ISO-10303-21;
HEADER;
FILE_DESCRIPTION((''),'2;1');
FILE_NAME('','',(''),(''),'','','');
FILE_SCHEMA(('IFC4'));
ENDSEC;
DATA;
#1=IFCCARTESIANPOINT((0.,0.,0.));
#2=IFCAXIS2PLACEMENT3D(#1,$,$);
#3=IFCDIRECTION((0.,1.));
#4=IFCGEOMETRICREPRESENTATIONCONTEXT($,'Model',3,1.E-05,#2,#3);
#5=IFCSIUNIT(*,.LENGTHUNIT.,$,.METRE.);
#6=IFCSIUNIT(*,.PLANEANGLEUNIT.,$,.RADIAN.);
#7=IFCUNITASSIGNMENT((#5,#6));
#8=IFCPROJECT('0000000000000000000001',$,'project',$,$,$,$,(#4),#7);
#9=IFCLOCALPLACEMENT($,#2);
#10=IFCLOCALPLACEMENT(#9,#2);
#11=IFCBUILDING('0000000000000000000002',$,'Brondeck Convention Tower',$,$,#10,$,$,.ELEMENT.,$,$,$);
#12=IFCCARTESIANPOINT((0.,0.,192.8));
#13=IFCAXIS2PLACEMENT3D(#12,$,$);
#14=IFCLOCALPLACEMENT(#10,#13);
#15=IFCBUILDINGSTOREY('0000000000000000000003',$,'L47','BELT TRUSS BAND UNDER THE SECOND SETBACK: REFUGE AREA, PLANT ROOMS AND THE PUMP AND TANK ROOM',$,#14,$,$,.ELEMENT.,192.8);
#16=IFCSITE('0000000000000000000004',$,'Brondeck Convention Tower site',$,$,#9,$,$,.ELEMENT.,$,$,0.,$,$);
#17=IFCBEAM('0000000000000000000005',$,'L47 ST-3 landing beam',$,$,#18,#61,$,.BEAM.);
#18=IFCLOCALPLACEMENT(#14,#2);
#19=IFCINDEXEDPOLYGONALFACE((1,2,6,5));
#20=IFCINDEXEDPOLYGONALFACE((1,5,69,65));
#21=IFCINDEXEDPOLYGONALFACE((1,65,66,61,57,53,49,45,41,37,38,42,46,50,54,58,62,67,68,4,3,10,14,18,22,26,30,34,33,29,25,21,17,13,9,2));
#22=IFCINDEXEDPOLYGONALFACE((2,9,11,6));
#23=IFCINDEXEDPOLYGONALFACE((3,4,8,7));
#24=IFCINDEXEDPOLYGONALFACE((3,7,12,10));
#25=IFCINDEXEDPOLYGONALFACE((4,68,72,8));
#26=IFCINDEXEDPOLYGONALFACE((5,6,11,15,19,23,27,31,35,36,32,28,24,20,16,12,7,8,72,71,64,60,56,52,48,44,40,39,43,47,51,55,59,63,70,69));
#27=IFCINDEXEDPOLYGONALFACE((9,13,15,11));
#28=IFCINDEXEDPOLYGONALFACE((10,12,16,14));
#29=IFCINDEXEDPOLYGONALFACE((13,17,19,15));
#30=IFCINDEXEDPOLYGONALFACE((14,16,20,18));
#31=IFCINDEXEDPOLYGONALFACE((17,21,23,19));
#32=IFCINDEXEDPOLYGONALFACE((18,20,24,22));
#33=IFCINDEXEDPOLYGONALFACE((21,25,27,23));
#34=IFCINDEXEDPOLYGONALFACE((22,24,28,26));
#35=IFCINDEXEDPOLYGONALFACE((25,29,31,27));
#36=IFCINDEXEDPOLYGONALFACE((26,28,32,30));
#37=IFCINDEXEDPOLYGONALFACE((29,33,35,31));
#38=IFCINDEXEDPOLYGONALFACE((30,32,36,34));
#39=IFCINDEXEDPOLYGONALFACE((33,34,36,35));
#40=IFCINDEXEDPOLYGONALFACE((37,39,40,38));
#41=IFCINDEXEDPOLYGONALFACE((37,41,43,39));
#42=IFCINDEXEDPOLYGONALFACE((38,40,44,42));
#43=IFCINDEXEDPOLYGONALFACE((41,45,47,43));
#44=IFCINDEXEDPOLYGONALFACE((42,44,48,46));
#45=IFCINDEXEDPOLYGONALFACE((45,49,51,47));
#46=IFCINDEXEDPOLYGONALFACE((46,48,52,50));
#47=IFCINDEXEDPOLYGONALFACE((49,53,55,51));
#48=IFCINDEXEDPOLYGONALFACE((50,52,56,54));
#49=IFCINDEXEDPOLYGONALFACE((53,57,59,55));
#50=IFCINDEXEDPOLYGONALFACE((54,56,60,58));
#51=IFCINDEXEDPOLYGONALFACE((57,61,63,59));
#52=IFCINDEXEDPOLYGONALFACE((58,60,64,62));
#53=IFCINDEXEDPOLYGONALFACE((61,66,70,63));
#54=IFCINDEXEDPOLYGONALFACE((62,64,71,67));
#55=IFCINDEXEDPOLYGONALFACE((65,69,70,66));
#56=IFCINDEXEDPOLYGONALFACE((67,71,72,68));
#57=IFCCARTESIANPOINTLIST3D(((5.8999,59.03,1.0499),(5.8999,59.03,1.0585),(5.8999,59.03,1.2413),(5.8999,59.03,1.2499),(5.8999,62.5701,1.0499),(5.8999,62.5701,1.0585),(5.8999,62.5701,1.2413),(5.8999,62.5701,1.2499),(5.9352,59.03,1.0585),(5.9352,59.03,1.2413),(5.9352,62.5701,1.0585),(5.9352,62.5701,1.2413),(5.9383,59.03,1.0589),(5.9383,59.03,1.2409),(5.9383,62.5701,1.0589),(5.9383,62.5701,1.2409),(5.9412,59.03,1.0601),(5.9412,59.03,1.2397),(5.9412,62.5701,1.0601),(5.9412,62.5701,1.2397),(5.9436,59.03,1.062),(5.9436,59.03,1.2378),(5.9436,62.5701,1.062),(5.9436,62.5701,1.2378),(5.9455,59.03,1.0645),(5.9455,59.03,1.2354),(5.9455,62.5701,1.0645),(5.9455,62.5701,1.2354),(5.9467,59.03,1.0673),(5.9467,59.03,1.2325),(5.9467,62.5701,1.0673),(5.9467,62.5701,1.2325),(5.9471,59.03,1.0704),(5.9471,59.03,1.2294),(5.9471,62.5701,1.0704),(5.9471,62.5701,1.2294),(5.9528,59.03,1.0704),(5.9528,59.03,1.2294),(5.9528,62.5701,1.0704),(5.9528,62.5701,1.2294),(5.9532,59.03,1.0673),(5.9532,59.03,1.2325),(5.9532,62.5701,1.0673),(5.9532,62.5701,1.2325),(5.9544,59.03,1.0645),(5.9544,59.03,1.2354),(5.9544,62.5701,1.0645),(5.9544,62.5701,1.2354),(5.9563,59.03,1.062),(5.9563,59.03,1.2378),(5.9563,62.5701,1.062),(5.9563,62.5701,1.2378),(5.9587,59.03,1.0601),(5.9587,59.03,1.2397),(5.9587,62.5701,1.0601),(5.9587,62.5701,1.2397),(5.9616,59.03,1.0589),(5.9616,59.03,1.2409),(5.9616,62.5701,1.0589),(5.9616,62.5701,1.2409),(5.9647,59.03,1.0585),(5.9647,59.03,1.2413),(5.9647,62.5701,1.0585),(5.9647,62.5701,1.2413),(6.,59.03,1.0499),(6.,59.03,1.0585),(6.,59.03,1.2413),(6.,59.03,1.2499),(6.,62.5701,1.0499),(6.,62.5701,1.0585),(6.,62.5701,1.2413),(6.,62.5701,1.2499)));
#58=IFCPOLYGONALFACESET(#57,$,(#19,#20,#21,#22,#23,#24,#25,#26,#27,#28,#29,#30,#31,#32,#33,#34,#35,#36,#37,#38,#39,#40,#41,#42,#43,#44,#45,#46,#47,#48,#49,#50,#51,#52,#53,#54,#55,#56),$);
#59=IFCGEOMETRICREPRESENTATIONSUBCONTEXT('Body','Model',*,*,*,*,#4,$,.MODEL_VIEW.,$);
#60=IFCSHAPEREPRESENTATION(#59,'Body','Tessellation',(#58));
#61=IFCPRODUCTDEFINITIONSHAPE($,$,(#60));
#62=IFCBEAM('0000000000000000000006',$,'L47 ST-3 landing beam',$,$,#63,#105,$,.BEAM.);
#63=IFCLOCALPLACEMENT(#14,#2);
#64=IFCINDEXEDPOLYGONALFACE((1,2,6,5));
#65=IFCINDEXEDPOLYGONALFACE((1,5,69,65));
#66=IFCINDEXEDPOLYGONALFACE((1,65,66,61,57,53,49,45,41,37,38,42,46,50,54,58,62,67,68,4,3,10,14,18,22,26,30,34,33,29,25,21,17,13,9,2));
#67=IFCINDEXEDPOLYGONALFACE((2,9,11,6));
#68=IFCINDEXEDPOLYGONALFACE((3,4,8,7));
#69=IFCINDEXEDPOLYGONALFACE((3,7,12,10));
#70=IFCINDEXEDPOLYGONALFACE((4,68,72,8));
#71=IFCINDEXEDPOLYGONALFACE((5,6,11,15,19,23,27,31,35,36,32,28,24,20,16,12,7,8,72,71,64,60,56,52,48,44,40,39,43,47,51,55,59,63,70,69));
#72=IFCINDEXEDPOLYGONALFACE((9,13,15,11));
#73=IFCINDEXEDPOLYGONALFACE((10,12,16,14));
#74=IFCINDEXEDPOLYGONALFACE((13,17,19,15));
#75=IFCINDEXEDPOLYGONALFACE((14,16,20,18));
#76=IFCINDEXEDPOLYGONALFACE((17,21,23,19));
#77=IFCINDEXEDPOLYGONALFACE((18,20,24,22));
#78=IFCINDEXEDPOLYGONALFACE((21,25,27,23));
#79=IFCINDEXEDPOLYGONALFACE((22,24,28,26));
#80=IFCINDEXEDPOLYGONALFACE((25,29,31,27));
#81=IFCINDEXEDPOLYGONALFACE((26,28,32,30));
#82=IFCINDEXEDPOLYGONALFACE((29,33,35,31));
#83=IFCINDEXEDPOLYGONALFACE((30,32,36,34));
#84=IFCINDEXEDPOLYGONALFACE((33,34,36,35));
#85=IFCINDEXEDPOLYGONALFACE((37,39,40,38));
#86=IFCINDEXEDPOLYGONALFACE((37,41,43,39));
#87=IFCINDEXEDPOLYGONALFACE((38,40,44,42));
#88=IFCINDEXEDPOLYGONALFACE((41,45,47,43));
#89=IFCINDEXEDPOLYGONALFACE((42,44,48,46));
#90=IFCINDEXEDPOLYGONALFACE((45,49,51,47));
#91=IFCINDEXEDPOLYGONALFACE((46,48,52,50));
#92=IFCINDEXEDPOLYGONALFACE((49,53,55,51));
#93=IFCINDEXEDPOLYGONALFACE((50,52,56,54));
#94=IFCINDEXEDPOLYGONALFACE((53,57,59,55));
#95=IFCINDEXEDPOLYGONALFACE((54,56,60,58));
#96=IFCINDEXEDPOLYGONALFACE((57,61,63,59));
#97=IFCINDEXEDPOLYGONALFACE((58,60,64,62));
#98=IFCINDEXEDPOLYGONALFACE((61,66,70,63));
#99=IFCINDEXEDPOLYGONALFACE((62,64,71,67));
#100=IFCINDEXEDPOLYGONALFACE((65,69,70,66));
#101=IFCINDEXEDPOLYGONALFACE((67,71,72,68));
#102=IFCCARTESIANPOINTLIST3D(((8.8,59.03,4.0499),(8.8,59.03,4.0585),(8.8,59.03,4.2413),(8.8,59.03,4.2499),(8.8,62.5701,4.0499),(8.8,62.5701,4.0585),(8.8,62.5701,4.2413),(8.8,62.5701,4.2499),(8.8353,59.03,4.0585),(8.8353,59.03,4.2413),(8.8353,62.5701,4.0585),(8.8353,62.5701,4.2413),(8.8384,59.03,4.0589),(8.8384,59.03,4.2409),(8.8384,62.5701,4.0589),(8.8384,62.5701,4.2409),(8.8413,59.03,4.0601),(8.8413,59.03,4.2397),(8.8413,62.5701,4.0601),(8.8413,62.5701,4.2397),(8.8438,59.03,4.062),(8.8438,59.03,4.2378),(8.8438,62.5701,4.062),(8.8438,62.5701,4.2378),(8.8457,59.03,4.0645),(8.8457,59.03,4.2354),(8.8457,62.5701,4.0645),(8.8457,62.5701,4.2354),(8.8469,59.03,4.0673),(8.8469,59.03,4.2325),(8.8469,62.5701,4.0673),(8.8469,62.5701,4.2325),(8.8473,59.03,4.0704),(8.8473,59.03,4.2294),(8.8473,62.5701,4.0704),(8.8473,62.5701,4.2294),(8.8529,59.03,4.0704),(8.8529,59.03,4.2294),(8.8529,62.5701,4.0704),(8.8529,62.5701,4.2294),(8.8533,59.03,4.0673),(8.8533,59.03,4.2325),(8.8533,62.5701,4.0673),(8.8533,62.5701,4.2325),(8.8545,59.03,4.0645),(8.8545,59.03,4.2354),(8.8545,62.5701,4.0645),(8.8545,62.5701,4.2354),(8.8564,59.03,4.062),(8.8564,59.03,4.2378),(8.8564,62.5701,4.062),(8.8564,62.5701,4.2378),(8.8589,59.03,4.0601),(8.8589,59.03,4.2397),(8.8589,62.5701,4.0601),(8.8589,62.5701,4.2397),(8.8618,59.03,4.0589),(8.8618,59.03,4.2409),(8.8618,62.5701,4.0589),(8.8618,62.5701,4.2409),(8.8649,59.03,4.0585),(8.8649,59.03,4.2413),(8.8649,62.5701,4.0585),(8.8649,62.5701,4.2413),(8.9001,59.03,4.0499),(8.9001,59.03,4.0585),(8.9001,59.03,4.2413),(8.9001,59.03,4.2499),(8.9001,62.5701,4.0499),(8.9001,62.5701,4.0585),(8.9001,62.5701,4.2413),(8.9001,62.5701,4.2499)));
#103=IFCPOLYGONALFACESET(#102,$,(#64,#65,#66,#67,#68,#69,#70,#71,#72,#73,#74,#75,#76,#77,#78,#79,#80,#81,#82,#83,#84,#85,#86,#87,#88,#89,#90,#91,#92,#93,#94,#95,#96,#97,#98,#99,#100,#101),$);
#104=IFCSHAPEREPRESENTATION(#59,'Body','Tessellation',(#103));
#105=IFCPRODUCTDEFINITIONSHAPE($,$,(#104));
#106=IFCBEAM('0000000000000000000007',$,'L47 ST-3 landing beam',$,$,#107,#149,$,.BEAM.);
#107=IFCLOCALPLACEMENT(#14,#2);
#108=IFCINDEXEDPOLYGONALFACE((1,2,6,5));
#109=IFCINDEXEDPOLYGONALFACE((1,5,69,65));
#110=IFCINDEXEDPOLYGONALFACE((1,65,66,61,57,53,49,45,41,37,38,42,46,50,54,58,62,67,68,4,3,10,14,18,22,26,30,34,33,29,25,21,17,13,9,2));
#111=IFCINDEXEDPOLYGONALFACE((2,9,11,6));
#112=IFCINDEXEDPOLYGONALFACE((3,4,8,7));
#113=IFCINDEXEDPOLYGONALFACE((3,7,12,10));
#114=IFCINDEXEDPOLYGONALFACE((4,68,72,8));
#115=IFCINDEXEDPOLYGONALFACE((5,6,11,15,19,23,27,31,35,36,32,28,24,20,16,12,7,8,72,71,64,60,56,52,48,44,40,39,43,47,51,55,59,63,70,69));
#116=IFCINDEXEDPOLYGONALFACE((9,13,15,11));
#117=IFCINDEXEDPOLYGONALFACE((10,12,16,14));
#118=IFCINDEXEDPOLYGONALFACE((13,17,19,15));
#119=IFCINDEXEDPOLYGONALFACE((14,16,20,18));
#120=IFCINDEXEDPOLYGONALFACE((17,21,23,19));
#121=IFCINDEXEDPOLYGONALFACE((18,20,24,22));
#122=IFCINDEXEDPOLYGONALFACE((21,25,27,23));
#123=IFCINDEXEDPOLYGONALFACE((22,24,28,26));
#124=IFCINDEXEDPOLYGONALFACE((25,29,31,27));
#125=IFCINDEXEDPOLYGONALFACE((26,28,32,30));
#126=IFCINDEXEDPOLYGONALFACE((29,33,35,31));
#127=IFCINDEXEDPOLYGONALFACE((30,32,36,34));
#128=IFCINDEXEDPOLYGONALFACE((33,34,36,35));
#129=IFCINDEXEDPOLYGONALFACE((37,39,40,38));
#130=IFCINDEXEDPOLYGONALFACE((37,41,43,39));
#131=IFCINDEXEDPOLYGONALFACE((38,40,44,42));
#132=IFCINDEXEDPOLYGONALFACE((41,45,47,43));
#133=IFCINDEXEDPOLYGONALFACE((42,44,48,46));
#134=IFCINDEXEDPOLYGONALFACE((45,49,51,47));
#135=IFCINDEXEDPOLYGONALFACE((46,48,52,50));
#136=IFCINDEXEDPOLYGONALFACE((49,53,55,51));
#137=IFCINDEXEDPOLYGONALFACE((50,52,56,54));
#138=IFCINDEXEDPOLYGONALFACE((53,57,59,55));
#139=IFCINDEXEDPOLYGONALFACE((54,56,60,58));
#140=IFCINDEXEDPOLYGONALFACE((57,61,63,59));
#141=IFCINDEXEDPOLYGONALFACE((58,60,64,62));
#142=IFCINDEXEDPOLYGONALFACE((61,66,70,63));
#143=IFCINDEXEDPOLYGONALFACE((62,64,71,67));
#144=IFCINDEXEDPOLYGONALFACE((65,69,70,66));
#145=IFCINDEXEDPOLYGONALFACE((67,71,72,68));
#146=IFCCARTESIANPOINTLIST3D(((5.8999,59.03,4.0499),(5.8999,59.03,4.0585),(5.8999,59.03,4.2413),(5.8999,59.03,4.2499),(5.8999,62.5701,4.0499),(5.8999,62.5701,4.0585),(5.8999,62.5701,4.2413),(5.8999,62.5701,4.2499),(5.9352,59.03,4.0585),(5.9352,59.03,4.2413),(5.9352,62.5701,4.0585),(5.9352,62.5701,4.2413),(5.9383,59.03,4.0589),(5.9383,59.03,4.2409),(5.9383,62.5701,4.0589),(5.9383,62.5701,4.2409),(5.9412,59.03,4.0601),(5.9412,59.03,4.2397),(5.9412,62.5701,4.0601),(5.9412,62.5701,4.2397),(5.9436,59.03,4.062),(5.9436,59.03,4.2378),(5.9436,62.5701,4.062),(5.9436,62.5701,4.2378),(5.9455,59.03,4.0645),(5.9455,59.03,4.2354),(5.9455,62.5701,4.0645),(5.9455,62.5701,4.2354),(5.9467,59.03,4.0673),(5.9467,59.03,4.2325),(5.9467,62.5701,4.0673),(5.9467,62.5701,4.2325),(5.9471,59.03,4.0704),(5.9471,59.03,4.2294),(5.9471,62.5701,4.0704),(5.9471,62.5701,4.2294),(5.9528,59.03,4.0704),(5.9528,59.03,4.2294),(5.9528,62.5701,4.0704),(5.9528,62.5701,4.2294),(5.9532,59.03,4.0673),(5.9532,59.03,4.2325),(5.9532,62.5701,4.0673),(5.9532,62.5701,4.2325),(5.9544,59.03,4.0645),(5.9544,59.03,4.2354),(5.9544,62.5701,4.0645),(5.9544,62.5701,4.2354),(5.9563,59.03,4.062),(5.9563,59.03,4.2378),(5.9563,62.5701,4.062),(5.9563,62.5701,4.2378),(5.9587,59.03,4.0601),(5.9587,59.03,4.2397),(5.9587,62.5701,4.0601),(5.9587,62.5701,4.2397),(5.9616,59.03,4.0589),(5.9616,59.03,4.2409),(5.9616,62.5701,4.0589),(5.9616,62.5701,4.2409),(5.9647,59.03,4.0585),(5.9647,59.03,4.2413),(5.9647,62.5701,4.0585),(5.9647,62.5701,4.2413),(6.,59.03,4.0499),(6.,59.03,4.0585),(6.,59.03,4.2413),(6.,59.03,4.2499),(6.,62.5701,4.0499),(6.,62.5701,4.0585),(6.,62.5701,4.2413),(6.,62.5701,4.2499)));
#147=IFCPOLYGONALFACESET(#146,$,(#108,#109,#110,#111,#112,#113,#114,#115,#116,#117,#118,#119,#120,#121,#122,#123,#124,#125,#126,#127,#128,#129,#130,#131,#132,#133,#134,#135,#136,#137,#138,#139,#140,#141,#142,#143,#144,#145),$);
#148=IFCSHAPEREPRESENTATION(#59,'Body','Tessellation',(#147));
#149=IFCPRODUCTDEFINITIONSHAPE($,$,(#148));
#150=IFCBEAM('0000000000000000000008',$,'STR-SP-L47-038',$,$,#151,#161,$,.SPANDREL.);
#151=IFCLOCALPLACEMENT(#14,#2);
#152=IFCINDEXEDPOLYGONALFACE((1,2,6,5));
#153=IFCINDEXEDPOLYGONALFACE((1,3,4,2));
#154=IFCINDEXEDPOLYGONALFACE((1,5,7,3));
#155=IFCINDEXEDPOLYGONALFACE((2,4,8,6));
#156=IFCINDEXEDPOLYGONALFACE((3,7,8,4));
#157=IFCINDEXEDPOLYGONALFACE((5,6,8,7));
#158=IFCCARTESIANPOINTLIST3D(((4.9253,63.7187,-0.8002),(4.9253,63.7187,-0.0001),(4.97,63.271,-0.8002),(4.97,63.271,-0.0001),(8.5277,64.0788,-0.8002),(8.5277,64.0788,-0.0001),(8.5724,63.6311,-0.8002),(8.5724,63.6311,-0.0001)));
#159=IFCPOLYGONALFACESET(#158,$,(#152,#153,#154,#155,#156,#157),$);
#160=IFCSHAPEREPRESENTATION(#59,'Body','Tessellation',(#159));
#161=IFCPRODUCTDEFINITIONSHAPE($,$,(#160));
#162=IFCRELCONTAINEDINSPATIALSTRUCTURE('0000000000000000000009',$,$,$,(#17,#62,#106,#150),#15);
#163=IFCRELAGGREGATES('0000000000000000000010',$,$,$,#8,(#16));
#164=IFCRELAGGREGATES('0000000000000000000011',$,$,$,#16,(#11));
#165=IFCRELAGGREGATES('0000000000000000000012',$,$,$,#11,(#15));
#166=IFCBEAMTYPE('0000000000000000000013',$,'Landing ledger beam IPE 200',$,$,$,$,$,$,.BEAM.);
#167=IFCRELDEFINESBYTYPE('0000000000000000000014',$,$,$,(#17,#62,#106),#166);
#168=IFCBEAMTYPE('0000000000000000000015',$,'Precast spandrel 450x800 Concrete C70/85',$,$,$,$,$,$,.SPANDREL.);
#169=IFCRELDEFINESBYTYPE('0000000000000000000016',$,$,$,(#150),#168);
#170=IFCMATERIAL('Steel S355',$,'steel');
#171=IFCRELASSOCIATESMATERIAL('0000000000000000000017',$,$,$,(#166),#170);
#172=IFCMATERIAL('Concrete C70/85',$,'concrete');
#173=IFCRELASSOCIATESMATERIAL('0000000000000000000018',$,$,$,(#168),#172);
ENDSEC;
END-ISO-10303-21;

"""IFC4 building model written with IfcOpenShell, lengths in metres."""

from ifc_helpers import new_model, si_unit, direction, frame, origin, origin_2d, place, context, subcontext, project, spatial, rectangle, i_section, extrude, material, material_profile, profile_set, type_object, element, save


model = new_model("IFC4")

# Units and contexts
model_context = context("Model", 3, precision=1e-05, world=origin(), true_north=direction((0.0, 1.0)))
body_context = subcontext(model_context, "Body", "Model", "MODEL_VIEW")
ifc_project = project(units=[si_unit("LENGTHUNIT", "METRE"), si_unit("PLANEANGLEUNIT", "RADIAN")], contexts=[model_context])

# Site, building, storey
site_placement = place(None, origin())
site = spatial("IfcSite", under=ifc_project, at=site_placement, Name="Brondeck Convention Tower site", CompositionType="ELEMENT", RefElevation=0.0)
building_placement = place(site_placement, origin())
building = spatial("IfcBuilding", under=site, at=building_placement, Name="Brondeck Convention Tower", CompositionType="ELEMENT")
storey_placement = place(building_placement, frame((0.0, 0.0, 192.8)))
storey = spatial("IfcBuildingStorey", under=building, at=storey_placement, Name="L47", Description="BELT TRUSS BAND UNDER THE SECOND SETBACK: REFUGE AREA, PLANT ROOMS AND THE PUMP AND TANK ROOM", CompositionType="ELEMENT", Elevation=192.8)

# Shared definitions
ifc_material_1 = material(Name="Concrete C70/85", Category="concrete")

# Beams
ifc_material_2 = material(Name="Steel S355", Category="steel")
ifc_material_profile_1 = material_profile(ifc_material_2, i_section(OverallWidth=0.1001, OverallDepth=0.2, WebThickness=0.0056, FlangeThickness=0.0085, FilletRadius=0.012, at=origin_2d()), Name="IPE200")
ifc_profile_set_1 = profile_set([ifc_material_profile_1], Name="Steel S355")
beam_type_1 = type_object("IfcBeamType", Name="Landing ledger beam IPE 200", PredefinedType="BEAM", material=ifc_profile_set_1)
for number, where, z_axis, x_axis, name in (
    (1, (5.95, 62.5701, 1.1499), (0.0, -1.0, 0.0), (1.0, 0.0, 0.0), "L47 ST-3 landing beam"),
    (2, (8.8501, 62.5701, 4.1499), (0.0, -1.0, 0.0), (1.0, 0.0, 0.0), "L47 ST-3 landing beam"),
    (3, (5.95, 62.5701, 4.1499), (0.0, -1.0, 0.0), (1.0, 0.0, 0.0), "L47 ST-3 landing beam"),
):
    element("IfcBeam", number, at=place(storey_placement, frame(where, z_axis=z_axis, x_axis=x_axis)), inside=storey, type_object=beam_type_1, Name=name, PredefinedType="BEAM", context=body_context, shape_type="SweptSolid", body=[
        extrude(i_section(OverallWidth=0.1001, OverallDepth=0.2, WebThickness=0.0056, FlangeThickness=0.0085, FilletRadius=0.012, at=origin_2d()), origin(), (0.0, 0.0, 1.0), 3.54),
    ])
ifc_material_profile_2 = material_profile(ifc_material_1, rectangle(XDim=0.45, YDim=0.8, at=origin_2d()), Name="Precast spandrel 450x800 Concrete C70/85")
ifc_profile_set_2 = profile_set([ifc_material_profile_2], Name="Concrete C70/85")
beam_type_2 = type_object("IfcBeamType", Name="Precast spandrel 450x800 Concrete C70/85", PredefinedType="SPANDREL", material=ifc_profile_set_2)
beam_placement = place(storey_placement, frame((8.55, 63.855, -0.4001), z_axis=(-0.995041, -0.09947, 0.0), x_axis=(0.09947, -0.995041, 0.0)))
element("IfcBeam", 4, at=beam_placement, inside=storey, type_object=beam_type_2, Name="STR-SP-L47-038", PredefinedType="SPANDREL", context=body_context, shape_type="SweptSolid", body=[
    extrude(rectangle(XDim=0.45, YDim=0.8, at=origin_2d()), origin(), (0.0, 0.0, 1.0), 3.6204),
])

save(model, "model.ifc")
